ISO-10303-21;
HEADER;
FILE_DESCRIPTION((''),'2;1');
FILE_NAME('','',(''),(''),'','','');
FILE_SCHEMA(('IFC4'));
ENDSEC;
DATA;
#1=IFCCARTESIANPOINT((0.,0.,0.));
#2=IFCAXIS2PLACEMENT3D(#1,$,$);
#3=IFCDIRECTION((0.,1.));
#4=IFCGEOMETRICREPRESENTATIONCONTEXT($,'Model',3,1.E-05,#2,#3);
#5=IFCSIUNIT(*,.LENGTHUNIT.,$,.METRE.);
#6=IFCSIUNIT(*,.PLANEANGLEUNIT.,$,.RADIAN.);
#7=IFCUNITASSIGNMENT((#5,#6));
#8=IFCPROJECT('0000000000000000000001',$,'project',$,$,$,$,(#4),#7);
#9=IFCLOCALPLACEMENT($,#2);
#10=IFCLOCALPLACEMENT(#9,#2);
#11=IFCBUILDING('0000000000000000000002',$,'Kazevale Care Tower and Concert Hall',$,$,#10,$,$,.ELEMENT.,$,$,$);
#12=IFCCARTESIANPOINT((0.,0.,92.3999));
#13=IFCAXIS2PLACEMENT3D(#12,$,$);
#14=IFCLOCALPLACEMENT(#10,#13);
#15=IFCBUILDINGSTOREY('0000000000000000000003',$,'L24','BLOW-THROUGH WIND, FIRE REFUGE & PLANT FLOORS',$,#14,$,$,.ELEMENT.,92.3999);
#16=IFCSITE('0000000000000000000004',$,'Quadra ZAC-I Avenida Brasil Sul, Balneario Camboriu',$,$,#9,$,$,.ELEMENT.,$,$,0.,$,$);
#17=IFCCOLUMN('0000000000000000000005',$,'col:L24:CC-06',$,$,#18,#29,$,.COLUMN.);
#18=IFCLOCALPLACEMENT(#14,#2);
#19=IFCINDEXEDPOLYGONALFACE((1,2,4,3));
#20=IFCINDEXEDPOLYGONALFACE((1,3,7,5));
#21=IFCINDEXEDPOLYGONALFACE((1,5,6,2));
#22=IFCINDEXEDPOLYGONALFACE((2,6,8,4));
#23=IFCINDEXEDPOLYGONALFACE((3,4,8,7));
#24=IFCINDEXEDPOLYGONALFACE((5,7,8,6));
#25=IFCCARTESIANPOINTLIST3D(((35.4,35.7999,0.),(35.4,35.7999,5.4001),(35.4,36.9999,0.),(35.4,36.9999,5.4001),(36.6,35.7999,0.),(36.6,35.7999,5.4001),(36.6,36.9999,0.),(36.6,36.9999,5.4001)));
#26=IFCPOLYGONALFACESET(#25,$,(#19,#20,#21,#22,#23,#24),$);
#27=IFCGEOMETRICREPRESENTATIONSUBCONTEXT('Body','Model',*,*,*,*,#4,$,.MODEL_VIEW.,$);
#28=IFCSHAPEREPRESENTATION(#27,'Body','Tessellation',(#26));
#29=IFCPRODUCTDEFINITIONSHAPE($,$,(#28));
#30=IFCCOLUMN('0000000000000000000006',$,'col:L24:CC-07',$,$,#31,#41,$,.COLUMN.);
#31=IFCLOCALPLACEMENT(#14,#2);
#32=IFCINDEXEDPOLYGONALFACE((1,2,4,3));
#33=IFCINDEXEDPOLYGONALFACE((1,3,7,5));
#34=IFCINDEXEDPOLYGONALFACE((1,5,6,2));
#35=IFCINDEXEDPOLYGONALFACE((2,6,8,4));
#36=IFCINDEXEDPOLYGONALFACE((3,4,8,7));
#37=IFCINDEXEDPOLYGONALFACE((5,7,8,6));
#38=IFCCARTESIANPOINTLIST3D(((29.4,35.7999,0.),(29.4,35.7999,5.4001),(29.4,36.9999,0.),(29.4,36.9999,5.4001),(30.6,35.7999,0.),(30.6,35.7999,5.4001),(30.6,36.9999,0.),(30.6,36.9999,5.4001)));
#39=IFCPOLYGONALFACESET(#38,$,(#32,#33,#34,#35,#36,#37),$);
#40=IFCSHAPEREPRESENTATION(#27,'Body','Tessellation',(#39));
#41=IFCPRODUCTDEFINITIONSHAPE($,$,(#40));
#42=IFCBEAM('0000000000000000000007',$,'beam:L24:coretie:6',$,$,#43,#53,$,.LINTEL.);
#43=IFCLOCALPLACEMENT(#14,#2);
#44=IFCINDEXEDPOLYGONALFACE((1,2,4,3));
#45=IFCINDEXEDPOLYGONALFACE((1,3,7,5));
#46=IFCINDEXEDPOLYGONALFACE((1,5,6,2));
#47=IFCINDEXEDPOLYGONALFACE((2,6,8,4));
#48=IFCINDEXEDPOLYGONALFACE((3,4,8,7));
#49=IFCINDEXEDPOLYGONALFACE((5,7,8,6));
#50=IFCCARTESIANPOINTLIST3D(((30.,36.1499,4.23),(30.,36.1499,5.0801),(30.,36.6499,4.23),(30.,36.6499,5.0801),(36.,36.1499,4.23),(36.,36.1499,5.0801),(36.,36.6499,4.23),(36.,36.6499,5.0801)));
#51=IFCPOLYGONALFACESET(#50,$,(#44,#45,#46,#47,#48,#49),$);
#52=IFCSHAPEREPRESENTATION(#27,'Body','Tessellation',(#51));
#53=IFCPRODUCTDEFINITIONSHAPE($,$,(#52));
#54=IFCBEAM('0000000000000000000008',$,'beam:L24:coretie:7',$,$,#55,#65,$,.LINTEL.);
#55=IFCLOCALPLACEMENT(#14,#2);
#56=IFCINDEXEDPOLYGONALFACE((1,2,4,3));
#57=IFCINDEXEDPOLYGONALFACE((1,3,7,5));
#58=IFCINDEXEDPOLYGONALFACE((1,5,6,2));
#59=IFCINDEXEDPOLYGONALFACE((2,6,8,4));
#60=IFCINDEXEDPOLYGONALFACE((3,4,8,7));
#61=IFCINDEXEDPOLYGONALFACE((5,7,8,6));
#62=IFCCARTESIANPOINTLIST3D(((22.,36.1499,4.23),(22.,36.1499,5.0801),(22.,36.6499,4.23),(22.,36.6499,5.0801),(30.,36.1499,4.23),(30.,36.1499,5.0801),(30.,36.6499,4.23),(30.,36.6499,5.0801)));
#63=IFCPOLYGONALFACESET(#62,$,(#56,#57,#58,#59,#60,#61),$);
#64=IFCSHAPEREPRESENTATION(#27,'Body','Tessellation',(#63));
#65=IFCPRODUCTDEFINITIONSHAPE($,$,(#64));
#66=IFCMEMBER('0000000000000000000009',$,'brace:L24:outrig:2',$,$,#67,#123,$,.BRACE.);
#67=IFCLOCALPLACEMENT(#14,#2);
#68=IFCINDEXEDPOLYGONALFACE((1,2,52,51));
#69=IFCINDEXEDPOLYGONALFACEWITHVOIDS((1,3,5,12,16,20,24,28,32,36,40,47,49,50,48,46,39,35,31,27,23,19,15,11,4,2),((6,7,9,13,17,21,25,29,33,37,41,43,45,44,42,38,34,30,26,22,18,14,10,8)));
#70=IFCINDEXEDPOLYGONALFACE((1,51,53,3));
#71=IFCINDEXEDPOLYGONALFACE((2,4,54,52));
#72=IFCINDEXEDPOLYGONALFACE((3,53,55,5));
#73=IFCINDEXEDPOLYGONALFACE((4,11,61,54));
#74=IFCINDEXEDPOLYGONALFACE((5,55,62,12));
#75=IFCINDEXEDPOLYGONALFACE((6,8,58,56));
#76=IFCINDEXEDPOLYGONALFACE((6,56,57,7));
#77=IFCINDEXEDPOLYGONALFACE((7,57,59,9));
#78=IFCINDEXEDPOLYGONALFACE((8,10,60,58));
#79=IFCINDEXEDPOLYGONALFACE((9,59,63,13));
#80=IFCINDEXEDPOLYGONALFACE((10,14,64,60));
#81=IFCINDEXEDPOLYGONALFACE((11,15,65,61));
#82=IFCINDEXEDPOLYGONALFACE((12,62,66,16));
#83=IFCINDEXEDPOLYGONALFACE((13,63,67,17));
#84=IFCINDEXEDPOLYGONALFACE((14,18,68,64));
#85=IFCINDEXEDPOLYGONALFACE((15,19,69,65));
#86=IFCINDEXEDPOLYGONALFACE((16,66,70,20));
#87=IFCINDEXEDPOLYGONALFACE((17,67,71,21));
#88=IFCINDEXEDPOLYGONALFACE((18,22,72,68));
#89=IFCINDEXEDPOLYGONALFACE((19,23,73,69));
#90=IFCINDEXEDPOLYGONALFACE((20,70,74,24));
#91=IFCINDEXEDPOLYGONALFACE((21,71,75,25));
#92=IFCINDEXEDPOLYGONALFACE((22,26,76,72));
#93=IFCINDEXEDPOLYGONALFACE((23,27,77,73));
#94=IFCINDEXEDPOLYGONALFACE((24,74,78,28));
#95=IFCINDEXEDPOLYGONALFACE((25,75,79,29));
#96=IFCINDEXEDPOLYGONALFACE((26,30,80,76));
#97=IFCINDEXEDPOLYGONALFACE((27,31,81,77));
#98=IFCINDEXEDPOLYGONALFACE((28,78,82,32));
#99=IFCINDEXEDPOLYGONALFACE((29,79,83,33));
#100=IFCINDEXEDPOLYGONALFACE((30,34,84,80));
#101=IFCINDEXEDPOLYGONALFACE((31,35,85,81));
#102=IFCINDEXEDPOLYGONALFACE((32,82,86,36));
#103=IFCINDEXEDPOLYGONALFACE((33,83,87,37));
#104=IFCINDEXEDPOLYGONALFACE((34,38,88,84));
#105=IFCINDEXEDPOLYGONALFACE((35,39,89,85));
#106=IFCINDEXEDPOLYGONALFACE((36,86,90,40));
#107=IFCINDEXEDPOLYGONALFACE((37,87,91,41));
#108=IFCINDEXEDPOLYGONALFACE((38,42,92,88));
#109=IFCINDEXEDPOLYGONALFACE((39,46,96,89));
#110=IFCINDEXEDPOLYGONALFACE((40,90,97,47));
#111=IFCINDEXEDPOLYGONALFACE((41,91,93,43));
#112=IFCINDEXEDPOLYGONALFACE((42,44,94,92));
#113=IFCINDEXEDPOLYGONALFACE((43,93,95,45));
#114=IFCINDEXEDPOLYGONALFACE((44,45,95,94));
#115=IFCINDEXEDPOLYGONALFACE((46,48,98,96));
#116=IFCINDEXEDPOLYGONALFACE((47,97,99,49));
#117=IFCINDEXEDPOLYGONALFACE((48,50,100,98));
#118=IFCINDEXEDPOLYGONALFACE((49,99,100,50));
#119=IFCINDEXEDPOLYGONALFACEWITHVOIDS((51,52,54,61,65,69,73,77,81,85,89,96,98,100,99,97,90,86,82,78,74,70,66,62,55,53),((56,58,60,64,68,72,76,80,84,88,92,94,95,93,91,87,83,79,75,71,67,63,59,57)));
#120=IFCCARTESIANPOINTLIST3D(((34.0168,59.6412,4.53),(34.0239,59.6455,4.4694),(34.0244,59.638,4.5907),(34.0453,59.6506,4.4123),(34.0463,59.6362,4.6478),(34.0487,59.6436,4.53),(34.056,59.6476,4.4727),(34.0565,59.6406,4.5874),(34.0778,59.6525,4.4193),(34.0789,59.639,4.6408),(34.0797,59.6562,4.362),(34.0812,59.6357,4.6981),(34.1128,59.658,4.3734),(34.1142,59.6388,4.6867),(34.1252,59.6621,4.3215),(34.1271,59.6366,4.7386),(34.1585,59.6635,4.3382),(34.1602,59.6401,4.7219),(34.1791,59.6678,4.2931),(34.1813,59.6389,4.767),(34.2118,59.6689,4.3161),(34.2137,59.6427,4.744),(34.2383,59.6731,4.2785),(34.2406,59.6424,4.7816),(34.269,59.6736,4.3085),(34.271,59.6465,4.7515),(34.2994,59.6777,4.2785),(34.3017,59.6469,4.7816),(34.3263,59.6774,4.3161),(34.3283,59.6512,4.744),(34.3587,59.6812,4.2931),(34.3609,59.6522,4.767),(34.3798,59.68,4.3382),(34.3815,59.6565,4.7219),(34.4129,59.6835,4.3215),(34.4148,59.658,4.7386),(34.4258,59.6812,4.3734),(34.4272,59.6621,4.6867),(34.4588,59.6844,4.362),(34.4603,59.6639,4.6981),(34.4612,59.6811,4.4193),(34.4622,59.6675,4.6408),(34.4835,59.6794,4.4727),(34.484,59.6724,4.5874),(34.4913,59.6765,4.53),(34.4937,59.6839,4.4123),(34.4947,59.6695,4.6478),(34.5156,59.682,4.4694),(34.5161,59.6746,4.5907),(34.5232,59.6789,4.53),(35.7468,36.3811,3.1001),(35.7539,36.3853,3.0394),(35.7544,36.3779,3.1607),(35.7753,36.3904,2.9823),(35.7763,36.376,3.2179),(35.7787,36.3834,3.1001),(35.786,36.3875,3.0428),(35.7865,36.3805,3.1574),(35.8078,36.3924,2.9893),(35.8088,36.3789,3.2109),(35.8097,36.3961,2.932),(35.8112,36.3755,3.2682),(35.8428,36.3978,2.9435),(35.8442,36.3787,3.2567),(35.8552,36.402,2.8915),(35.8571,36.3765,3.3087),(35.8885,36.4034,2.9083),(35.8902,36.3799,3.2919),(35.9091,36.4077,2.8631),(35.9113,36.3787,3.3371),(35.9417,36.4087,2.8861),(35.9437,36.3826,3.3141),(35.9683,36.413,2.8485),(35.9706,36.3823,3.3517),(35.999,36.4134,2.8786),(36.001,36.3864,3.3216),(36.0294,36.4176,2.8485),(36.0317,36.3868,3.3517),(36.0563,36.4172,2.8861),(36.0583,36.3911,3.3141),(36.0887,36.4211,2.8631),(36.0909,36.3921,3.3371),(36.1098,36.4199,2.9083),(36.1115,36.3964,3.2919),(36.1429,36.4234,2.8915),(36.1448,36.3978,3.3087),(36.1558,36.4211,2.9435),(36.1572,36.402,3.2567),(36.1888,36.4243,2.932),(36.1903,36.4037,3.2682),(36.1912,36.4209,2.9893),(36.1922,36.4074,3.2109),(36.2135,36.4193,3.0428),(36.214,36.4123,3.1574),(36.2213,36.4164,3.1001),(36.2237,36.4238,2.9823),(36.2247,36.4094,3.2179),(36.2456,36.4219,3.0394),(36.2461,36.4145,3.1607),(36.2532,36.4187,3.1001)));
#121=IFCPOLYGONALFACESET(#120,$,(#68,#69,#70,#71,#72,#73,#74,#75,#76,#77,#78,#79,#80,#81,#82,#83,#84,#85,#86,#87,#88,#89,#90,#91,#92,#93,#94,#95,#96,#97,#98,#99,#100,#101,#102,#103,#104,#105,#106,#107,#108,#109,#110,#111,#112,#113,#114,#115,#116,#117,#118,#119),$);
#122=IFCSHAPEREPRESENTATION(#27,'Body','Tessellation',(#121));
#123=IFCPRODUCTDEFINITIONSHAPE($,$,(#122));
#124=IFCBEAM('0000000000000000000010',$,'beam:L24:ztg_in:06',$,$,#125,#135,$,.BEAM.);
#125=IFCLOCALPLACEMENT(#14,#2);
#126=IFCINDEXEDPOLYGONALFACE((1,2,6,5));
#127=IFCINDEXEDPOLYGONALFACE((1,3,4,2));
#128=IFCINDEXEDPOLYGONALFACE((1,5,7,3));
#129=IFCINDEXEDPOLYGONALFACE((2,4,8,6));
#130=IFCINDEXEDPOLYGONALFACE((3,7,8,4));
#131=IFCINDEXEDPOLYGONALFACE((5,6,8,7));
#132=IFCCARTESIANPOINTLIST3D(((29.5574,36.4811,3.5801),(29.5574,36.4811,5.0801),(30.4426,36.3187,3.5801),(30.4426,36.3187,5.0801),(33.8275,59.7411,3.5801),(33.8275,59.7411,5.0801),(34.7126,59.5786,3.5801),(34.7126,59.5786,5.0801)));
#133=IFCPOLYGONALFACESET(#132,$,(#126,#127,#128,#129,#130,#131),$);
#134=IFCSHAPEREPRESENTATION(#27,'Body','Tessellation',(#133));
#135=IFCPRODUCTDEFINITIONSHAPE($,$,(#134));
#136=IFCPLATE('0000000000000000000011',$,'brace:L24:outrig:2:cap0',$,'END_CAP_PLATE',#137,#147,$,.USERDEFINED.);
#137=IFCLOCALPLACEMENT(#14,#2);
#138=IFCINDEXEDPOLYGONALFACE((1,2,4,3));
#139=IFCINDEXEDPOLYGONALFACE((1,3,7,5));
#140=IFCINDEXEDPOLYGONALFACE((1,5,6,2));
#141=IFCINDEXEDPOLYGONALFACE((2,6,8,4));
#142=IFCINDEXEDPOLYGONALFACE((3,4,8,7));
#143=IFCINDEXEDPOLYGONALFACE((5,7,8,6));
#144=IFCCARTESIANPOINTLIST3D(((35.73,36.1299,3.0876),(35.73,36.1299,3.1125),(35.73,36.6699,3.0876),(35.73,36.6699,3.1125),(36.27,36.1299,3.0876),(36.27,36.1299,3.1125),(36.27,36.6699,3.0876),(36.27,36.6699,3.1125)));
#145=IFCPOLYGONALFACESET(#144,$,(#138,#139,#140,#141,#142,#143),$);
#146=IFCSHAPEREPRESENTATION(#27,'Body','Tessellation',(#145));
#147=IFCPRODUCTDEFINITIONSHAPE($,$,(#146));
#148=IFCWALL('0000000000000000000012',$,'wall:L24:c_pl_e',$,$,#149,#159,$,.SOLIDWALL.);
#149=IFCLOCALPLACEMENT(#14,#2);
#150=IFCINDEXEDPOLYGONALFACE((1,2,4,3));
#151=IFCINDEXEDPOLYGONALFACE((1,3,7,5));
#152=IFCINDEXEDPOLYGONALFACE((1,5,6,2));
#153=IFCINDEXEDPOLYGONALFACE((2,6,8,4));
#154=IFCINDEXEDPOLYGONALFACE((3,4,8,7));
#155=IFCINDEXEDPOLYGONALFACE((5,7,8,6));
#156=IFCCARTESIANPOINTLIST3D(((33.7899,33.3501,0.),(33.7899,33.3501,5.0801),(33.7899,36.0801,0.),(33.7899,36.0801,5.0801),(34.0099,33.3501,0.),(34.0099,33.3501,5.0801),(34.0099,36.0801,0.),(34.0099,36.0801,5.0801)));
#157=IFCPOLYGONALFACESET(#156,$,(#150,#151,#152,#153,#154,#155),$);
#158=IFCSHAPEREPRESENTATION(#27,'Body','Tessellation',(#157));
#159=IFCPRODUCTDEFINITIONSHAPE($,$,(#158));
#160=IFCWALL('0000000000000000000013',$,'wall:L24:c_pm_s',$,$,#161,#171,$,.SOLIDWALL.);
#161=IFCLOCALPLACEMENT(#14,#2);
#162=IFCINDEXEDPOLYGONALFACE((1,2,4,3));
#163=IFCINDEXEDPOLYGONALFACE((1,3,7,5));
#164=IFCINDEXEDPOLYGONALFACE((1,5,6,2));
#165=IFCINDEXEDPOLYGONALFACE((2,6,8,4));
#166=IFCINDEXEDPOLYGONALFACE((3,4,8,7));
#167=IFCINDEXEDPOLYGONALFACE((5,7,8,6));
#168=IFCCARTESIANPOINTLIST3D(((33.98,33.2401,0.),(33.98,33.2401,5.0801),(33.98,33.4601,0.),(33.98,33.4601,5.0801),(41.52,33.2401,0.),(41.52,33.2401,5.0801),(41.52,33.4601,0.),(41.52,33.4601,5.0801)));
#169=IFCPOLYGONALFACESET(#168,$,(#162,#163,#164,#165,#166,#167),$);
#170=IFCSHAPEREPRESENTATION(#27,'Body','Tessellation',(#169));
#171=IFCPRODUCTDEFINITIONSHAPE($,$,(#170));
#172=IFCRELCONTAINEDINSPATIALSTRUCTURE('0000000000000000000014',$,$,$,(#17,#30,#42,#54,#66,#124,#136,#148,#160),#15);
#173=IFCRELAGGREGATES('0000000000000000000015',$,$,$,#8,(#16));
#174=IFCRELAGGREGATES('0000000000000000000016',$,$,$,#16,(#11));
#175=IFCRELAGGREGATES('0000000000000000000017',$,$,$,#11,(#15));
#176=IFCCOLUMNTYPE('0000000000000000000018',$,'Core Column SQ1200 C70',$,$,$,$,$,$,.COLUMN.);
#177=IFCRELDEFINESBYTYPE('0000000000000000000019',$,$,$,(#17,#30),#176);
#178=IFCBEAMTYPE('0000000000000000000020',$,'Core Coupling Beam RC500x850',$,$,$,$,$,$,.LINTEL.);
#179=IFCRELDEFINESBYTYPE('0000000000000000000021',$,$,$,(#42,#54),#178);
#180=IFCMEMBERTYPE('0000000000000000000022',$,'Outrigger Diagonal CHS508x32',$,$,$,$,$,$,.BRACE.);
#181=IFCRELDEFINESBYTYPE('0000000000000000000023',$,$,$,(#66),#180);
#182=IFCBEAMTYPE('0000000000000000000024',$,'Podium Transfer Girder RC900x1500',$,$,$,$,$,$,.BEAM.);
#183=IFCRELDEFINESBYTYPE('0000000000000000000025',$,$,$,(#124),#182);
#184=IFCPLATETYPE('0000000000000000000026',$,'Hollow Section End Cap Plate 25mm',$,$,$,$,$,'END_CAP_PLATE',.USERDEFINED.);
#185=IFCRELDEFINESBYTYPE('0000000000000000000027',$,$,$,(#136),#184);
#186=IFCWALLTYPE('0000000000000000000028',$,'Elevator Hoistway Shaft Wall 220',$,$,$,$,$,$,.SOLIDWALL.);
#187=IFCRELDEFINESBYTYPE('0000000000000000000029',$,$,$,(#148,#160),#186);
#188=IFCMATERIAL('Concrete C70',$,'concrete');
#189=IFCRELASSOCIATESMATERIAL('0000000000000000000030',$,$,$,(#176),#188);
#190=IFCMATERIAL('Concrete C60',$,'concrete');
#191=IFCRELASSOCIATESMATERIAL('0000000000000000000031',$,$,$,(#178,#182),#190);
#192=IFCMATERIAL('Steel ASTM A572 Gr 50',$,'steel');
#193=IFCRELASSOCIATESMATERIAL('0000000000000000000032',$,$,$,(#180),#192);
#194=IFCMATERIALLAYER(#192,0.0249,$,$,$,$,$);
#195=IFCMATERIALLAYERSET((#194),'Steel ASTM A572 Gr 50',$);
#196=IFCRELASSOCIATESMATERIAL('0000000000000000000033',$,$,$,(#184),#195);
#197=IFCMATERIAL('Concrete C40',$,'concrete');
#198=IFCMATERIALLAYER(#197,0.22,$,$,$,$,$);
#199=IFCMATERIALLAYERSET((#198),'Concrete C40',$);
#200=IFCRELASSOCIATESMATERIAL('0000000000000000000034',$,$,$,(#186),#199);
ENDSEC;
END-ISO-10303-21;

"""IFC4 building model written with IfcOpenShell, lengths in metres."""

from ifc_helpers import new_model, si_unit, direction, frame, frame_2d, origin, origin_2d, place, context, subcontext, project, spatial, rectangle, hollow_circle, extrude, material, layer, layer_set, material_profile, profile_set, type_object, element, save


model = new_model("IFC4")

# Units and contexts
model_context = context("Model", 3, precision=1e-05, world=origin(), true_north=direction((0.0, 1.0)))
body_context = subcontext(model_context, "Body", "Model", "MODEL_VIEW")
ifc_project = project(units=[si_unit("LENGTHUNIT", "METRE"), si_unit("PLANEANGLEUNIT", "RADIAN")], contexts=[model_context])

# Site, building, storey
site_placement = place(None, origin())
site = spatial("IfcSite", under=ifc_project, at=site_placement, Name="Quadra ZAC-I Avenida Brasil Sul, Balneario Camboriu", CompositionType="ELEMENT", RefElevation=0.0)
building_placement = place(site_placement, origin())
building = spatial("IfcBuilding", under=site, at=building_placement, Name="Kazevale Care Tower and Concert Hall", CompositionType="ELEMENT")
storey_placement = place(building_placement, frame((0.0, 0.0, 92.3999)))
storey = spatial("IfcBuildingStorey", under=building, at=storey_placement, Name="L24", Description="BLOW-THROUGH WIND, FIRE REFUGE & PLANT FLOORS", CompositionType="ELEMENT", Elevation=92.3999)

# Columns
ifc_material_1 = material(Name="Concrete C70", Category="concrete")
ifc_material_profile_1 = material_profile(ifc_material_1, rectangle(XDim=1.2, YDim=1.2, at=origin_2d()), Name="RC-SQ1200")
ifc_profile_set_1 = profile_set([ifc_material_profile_1], Name="Concrete C70")
column_type = type_object("IfcColumnType", Name="Core Column SQ1200 C70", PredefinedType="COLUMN", material=ifc_profile_set_1)
for number, where, z_axis, x_axis, name in (
    (1, (36.0, 36.3999, 0.0), (0.0, 0.0, 1.0), (1.0, 0.0, 0.0), "col:L24:CC-06"),
    (2, (30.0, 36.3999, 0.0), (0.0, 0.0, 1.0), (1.0, 0.0, 0.0), "col:L24:CC-07"),
):
    element("IfcColumn", number, at=place(storey_placement, frame(where, z_axis=z_axis, x_axis=x_axis)), inside=storey, type_object=column_type, Name=name, PredefinedType="COLUMN", context=body_context, shape_type="SweptSolid", body=[
        extrude(rectangle(XDim=1.2, YDim=1.2, at=origin_2d()), origin(), (0.0, 0.0, 1.0), 5.4001),
    ])

# Beams
ifc_material_2 = material(Name="Concrete C60", Category="concrete")
ifc_material_profile_2 = material_profile(ifc_material_2, rectangle(XDim=0.5, YDim=0.8501, at=origin_2d()), Name="RC-B500x850")
ifc_profile_set_2 = profile_set([ifc_material_profile_2], Name="Concrete C60")
beam_type_1 = type_object("IfcBeamType", Name="Core Coupling Beam RC500x850", PredefinedType="LINTEL", material=ifc_profile_set_2)
beam_1_placement = place(storey_placement, frame((36.0, 36.3999, 4.655), z_axis=(-1.0, 0.0, 0.0), x_axis=(0.0, -1.0, 0.0)))
element("IfcBeam", 3, at=beam_1_placement, inside=storey, type_object=beam_type_1, Name="beam:L24:coretie:6", PredefinedType="LINTEL", context=body_context, shape_type="SweptSolid", body=[
    extrude(rectangle(XDim=0.5, YDim=0.8501, at=origin_2d()), origin(), (0.0, 0.0, 1.0), 6.0),
])
beam_2_placement = place(storey_placement, frame((30.0, 36.3999, 4.655), z_axis=(-1.0, 0.0, 0.0), x_axis=(0.0, -1.0, 0.0)))
element("IfcBeam", 4, at=beam_2_placement, inside=storey, type_object=beam_type_1, Name="beam:L24:coretie:7", PredefinedType="LINTEL", context=body_context, shape_type="SweptSolid", body=[
    extrude(rectangle(XDim=0.5, YDim=0.8501, at=origin_2d()), origin(), (0.0, 0.0, 1.0), 8.0),
])

# Member
ifc_material_3 = material(Name="Steel ASTM A572 Gr 50", Category="steel")
ifc_material_profile_3 = material_profile(ifc_material_3, hollow_circle(Radius=0.2539, WallThickness=0.032, at=origin_2d()), Name="CHS508x32")
ifc_profile_set_3 = profile_set([ifc_material_profile_3], Name="Steel ASTM A572 Gr 50")
member_type = type_object("IfcMemberType", Name="Outrigger Diagonal CHS508x32", PredefinedType="BRACE", material=ifc_profile_set_3)
member_placement = place(storey_placement, frame((36.0, 36.3999, 3.1001), z_axis=(-0.074032, 0.995377, 0.061192), x_axis=(-0.997246, -0.074171, 0.0)))
element("IfcMember", 5, at=member_placement, inside=storey, type_object=member_type, Name="brace:L24:outrig:2", PredefinedType="BRACE", context=body_context, shape_type="SweptSolid", body=[
    extrude(hollow_circle(Radius=0.2539, WallThickness=0.032, at=origin_2d()), origin(), (0.0, 0.0, 1.0), 23.3682),
])

# Beam
ifc_material_profile_4 = material_profile(ifc_material_2, rectangle(XDim=0.8999, YDim=1.5, at=origin_2d()), Name="RC-TG900x1500")
ifc_profile_set_4 = profile_set([ifc_material_profile_4], Name="Concrete C60")
beam_type_2 = type_object("IfcBeamType", Name="Podium Transfer Girder RC900x1500", PredefinedType="BEAM", material=ifc_profile_set_4)
beam_3_placement = place(storey_placement, frame((30.0, 36.3999, 4.3301), z_axis=(0.18056, 0.983564, 0.0), x_axis=(-0.983564, 0.18056, 0.0)))
element("IfcBeam", 6, at=beam_3_placement, inside=storey, type_object=beam_type_2, Name="beam:L24:ztg_in:06", PredefinedType="BEAM", context=body_context, shape_type="SweptSolid", body=[
    extrude(rectangle(XDim=0.8999, YDim=1.5, at=origin_2d()), origin(), (0.0, 0.0, 1.0), 23.6487),
])

# Plate
ifc_layer_1 = layer(ifc_material_3, 0.0249)
ifc_layer_set_1 = layer_set([ifc_layer_1], Name="Steel ASTM A572 Gr 50")
plate_type = type_object("IfcPlateType", Name="Hollow Section End Cap Plate 25mm", ElementType="END_CAP_PLATE", PredefinedType="USERDEFINED", material=ifc_layer_set_1)
plate_placement = place(storey_placement, frame((36.0, 36.3999, 3.0876), z_axis=(0.0, 0.0, 1.0), x_axis=(1.0, 0.0, 0.0)))
element("IfcPlate", 7, at=plate_placement, inside=storey, type_object=plate_type, Name="brace:L24:outrig:2:cap0", ObjectType="END_CAP_PLATE", PredefinedType="USERDEFINED", context=body_context, shape_type="SweptSolid", body=[
    extrude(rectangle(XDim=0.54, YDim=0.54, at=origin_2d()), origin(), (0.0, 0.0, 1.0), 0.0249),
])

# Walls
ifc_material_4 = material(Name="Concrete C40", Category="concrete")
ifc_layer_2 = layer(ifc_material_4, 0.22)
ifc_layer_set_2 = layer_set([ifc_layer_2], Name="Concrete C40")
wall_type_1 = type_object("IfcWallType", Name="Elevator Hoistway Shaft Wall 220", PredefinedType="SOLIDWALL", material=ifc_layer_set_2)
wall_1_placement = place(storey_placement, frame((33.8999, 33.3501, 0.0), z_axis=(0.0, 0.0, 1.0), x_axis=(0.0, 1.0, 0.0)))
element("IfcWall", 8, at=wall_1_placement, inside=storey, type_object=wall_type_1, Name="wall:L24:c_pl_e", PredefinedType="SOLIDWALL", context=body_context, shape_type="SweptSolid", body=[
    extrude(rectangle(XDim=2.73, YDim=0.22, at=frame_2d((1.365, 0.0))), origin(), (0.0, 0.0, 1.0), 5.0801),
])
wall_2_placement = place(storey_placement, frame((33.98, 33.3501, 0.0), z_axis=(0.0, 0.0, 1.0), x_axis=(1.0, 0.0, 0.0)))
element("IfcWall", 9, at=wall_2_placement, inside=storey, type_object=wall_type_1, Name="wall:L24:c_pm_s", PredefinedType="SOLIDWALL", context=body_context, shape_type="SweptSolid", body=[
    extrude(rectangle(XDim=7.54, YDim=0.22, at=frame_2d((3.77, 0.0))), origin(), (0.0, 0.0, 1.0), 5.0801),
])

save(model, "model.ifc")
